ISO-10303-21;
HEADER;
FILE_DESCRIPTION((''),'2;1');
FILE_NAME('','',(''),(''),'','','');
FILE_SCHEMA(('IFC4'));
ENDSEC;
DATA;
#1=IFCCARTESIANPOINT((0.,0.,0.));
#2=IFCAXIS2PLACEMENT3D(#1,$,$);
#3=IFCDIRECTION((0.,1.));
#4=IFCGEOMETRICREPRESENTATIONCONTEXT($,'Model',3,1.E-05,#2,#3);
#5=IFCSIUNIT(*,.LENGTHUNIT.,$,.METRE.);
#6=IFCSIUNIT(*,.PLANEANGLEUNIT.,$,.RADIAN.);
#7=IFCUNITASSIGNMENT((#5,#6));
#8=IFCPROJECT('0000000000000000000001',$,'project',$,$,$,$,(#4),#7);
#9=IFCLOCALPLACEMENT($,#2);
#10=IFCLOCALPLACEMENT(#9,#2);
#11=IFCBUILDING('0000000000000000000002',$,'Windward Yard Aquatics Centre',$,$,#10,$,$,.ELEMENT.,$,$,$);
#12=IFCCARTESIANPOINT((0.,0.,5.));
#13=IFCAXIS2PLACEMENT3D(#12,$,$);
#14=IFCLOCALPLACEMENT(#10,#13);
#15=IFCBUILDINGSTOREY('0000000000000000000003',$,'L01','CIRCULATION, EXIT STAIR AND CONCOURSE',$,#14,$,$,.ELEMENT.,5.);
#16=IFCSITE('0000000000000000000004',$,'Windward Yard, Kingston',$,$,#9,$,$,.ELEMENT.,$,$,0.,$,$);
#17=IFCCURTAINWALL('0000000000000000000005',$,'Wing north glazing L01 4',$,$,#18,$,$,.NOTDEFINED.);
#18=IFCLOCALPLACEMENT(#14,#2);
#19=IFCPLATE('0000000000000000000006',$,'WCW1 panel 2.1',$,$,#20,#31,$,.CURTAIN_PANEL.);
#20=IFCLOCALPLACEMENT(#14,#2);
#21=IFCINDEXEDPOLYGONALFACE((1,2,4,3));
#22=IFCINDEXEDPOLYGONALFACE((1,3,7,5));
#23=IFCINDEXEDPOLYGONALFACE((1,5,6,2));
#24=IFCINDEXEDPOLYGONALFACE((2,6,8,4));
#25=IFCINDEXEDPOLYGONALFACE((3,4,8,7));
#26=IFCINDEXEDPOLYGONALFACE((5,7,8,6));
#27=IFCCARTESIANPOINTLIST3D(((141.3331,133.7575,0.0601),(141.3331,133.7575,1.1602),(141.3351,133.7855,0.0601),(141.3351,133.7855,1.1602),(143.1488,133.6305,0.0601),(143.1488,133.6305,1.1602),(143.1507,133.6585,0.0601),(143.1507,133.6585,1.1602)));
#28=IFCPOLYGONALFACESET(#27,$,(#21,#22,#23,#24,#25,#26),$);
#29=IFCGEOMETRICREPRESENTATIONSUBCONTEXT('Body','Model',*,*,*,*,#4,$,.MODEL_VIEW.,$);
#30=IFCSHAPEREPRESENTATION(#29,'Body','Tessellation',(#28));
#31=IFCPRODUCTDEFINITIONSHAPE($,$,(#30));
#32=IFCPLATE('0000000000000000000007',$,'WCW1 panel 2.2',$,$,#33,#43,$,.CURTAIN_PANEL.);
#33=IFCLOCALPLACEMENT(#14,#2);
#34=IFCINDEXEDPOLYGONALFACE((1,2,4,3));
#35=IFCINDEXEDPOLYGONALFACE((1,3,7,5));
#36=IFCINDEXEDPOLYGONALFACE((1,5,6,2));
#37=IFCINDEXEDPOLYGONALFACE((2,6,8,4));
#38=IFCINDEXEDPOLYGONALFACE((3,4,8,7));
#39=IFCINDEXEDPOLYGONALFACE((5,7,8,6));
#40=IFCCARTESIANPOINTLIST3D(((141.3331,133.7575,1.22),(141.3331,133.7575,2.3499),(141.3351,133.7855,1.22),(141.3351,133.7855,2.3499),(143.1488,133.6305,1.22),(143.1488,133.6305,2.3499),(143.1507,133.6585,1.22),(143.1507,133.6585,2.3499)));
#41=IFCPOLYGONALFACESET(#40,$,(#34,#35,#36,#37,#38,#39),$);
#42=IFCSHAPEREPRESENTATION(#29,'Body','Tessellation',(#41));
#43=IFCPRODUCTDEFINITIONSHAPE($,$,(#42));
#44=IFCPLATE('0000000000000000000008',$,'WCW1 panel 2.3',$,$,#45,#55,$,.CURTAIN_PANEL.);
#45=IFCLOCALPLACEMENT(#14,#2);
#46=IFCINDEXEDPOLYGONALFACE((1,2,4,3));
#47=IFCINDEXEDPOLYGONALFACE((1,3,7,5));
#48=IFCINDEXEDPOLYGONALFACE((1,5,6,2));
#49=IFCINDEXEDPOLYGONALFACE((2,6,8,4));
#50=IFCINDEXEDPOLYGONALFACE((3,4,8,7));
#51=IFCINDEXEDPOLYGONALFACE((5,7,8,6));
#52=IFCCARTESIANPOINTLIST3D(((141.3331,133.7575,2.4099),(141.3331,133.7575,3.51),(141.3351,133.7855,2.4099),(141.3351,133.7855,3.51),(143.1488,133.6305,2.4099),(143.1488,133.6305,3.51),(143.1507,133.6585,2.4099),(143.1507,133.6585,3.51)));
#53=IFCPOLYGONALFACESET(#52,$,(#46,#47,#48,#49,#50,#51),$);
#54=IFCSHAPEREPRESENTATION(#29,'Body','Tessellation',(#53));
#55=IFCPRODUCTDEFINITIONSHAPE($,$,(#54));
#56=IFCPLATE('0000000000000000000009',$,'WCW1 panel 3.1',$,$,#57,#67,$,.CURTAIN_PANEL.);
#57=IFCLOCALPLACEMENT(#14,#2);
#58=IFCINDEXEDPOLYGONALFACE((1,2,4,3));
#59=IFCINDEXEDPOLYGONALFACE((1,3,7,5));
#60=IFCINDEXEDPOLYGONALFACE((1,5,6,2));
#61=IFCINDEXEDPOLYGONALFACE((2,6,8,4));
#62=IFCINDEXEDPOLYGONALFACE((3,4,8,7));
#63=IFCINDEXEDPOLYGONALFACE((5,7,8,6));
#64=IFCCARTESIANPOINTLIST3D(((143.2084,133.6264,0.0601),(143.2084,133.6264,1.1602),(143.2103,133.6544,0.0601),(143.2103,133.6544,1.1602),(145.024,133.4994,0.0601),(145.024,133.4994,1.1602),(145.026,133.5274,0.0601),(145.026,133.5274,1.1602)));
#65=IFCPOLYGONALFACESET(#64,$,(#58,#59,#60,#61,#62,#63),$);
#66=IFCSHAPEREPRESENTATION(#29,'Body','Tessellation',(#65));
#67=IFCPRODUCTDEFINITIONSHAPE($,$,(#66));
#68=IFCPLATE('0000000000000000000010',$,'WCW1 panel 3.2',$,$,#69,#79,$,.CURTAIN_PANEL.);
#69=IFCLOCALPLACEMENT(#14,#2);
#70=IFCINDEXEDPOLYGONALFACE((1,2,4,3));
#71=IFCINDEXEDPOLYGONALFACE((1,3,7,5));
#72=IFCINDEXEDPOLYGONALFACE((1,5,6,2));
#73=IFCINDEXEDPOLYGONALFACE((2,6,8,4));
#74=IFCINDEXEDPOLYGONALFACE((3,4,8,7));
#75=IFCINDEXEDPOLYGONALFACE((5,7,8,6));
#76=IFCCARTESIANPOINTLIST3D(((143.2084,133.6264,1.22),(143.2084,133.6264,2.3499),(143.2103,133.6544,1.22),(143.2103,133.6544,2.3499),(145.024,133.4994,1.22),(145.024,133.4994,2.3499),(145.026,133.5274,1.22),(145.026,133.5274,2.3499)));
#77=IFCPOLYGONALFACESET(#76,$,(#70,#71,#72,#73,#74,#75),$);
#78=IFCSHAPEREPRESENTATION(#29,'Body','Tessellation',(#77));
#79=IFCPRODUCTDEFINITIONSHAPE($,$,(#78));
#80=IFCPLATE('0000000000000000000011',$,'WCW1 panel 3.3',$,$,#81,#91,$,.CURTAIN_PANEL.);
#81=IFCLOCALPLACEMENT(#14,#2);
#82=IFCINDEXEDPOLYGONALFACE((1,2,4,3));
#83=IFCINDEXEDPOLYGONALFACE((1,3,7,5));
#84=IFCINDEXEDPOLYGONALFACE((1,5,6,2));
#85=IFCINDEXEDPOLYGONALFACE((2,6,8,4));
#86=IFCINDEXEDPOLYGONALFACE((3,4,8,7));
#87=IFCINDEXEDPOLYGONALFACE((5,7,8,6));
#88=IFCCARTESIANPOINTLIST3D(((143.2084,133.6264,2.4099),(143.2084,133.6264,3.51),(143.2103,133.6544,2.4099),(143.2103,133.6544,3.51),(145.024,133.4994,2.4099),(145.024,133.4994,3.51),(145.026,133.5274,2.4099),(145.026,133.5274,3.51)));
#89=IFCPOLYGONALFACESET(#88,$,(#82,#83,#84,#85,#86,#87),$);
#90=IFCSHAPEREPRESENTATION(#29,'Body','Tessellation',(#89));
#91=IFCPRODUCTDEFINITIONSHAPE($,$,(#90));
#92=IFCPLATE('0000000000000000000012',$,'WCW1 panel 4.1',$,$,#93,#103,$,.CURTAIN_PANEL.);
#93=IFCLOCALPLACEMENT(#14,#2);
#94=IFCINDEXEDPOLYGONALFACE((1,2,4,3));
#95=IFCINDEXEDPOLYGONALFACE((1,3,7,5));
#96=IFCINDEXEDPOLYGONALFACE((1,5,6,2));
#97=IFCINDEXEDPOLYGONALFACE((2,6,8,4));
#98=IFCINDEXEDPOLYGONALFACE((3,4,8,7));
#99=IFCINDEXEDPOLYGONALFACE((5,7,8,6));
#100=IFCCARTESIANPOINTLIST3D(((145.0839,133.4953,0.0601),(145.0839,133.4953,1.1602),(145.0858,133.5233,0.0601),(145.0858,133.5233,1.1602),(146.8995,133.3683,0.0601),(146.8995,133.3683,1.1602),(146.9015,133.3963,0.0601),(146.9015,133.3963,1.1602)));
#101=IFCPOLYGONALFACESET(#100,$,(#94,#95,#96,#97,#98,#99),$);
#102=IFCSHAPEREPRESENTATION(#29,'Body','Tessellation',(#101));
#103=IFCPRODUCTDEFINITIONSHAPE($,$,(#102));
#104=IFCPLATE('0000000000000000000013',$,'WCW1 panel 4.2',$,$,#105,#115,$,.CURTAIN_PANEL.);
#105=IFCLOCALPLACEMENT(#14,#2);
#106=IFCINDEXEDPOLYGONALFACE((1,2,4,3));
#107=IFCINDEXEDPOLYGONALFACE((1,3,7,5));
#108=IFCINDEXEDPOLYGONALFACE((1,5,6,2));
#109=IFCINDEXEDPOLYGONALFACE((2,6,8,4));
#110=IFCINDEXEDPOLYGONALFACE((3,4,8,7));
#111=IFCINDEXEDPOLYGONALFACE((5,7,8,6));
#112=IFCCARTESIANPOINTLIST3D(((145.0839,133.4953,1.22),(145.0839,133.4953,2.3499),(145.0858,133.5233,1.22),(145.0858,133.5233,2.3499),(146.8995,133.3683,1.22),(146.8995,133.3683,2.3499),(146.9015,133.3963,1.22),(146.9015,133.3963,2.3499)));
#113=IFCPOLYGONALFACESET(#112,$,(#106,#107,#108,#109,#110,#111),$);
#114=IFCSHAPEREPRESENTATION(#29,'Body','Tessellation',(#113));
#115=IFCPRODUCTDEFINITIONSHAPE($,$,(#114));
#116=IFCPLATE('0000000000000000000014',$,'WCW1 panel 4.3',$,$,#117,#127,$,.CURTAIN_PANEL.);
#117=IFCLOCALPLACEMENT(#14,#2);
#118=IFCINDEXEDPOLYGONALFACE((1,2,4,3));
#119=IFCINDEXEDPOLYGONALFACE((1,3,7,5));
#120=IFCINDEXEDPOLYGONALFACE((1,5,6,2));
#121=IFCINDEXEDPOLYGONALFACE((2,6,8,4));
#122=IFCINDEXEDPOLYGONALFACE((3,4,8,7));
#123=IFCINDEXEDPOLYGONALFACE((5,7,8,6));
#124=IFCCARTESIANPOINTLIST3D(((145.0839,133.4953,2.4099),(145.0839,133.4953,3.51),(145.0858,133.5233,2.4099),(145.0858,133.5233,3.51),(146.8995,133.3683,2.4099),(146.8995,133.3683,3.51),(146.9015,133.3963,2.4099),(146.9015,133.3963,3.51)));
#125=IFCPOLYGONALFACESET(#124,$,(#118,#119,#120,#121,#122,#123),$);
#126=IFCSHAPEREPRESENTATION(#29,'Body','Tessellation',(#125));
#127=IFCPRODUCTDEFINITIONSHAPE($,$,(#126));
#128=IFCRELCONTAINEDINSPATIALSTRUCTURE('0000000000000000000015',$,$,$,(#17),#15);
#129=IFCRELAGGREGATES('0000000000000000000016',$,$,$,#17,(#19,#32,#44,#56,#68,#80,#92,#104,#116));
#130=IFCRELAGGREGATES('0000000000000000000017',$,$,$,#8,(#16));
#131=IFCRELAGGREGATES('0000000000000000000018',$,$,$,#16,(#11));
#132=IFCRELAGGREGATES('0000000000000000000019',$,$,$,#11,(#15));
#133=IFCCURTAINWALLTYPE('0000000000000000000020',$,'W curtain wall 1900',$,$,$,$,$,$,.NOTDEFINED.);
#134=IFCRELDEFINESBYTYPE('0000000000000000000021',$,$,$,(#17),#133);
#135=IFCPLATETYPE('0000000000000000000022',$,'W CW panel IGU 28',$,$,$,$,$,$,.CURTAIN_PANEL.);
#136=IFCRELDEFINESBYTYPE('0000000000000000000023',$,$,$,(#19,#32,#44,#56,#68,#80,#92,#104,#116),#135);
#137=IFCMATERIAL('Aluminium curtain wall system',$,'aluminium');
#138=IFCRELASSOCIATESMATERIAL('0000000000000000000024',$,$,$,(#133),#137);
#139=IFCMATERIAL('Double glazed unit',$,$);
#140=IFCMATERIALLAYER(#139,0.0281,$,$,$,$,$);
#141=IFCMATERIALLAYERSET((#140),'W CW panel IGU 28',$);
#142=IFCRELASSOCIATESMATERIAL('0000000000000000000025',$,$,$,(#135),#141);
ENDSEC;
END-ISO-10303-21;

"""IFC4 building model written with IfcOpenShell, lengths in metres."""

from ifc_helpers import new_model, si_unit, direction, frame, origin, origin_2d, place, context, subcontext, project, spatial, rectangle, extrude, material, layer, layer_set, type_object, element, aggregate, save


model = new_model("IFC4")

# Units and contexts
model_context = context("Model", 3, precision=1e-05, world=origin(), true_north=direction((0.0, 1.0)))
body_context = subcontext(model_context, "Body", "Model", "MODEL_VIEW")
ifc_project = project(units=[si_unit("LENGTHUNIT", "METRE"), si_unit("PLANEANGLEUNIT", "RADIAN")], contexts=[model_context])

# Site, building, storey
site_placement = place(None, origin())
site = spatial("IfcSite", under=ifc_project, at=site_placement, Name="Windward Yard, Kingston", CompositionType="ELEMENT", RefElevation=0.0)
building_placement = place(site_placement, origin())
building = spatial("IfcBuilding", under=site, at=building_placement, Name="Windward Yard Aquatics Centre", CompositionType="ELEMENT")
storey_placement = place(building_placement, frame((0.0, 0.0, 5.0)))
storey = spatial("IfcBuildingStorey", under=building, at=storey_placement, Name="L01", Description="CIRCULATION, EXIT STAIR AND CONCOURSE", CompositionType="ELEMENT", Elevation=5.0)

# Curtain wall, plates
ifc_material_1 = material(Name="Aluminium curtain wall system", Category="aluminium")
curtain_wall_type = type_object("IfcCurtainWallType", Name="W curtain wall 1900", PredefinedType="NOTDEFINED", material=ifc_material_1)
curtain_wall_placement = place(storey_placement, origin())
curtain_wall = element("IfcCurtainWall", 1, at=curtain_wall_placement, inside=storey, type_object=curtain_wall_type, Name="Wing north glazing L01 4", PredefinedType="NOTDEFINED")
ifc_material_2 = material(Name="Double glazed unit")
ifc_layer = layer(ifc_material_2, 0.0281)
ifc_layer_set = layer_set([ifc_layer], Name="W CW panel IGU 28")
plate_type = type_object("IfcPlateType", Name="W CW panel IGU 28", PredefinedType="CURTAIN_PANEL", material=ifc_layer_set)
plate_1_placement = place(storey_placement, frame((142.2419, 133.708, 0.0601), z_axis=(0.0, 0.0, 1.0), x_axis=(0.997564, -0.069755, 0.0)))
plate_1 = element("IfcPlate", 2, at=plate_1_placement, type_object=plate_type, Name="WCW1 panel 2.1", PredefinedType="CURTAIN_PANEL", context=body_context, shape_type="SweptSolid", body=[
    extrude(rectangle(XDim=1.8201, YDim=0.0281, at=origin_2d()), origin(), (0.0, 0.0, 1.0), 1.1001),
])
plate_2_placement = place(storey_placement, frame((142.2419, 133.708, 1.22), z_axis=(0.0, 0.0, 1.0), x_axis=(0.997564, -0.069755, 0.0)))
plate_2 = element("IfcPlate", 3, at=plate_2_placement, type_object=plate_type, Name="WCW1 panel 2.2", PredefinedType="CURTAIN_PANEL", context=body_context, shape_type="SweptSolid", body=[
    extrude(rectangle(XDim=1.8201, YDim=0.0281, at=origin_2d()), origin(), (0.0, 0.0, 1.0), 1.1299),
])
plate_3_placement = place(storey_placement, frame((142.2419, 133.708, 2.4099), z_axis=(0.0, 0.0, 1.0), x_axis=(0.997564, -0.069755, 0.0)))
plate_3 = element("IfcPlate", 4, at=plate_3_placement, type_object=plate_type, Name="WCW1 panel 2.3", PredefinedType="CURTAIN_PANEL", context=body_context, shape_type="SweptSolid", body=[
    extrude(rectangle(XDim=1.8201, YDim=0.0281, at=origin_2d()), origin(), (0.0, 0.0, 1.0), 1.1001),
])
plate_4_placement = place(storey_placement, frame((144.1172, 133.5769, 0.0601), z_axis=(0.0, 0.0, 1.0), x_axis=(0.997564, -0.069755, 0.0)))
plate_4 = element("IfcPlate", 5, at=plate_4_placement, type_object=plate_type, Name="WCW1 panel 3.1", PredefinedType="CURTAIN_PANEL", context=body_context, shape_type="SweptSolid", body=[
    extrude(rectangle(XDim=1.8201, YDim=0.0281, at=origin_2d()), origin(), (0.0, 0.0, 1.0), 1.1001),
])
plate_5_placement = place(storey_placement, frame((144.1172, 133.5769, 1.22), z_axis=(0.0, 0.0, 1.0), x_axis=(0.997564, -0.069755, 0.0)))
plate_5 = element("IfcPlate", 6, at=plate_5_placement, type_object=plate_type, Name="WCW1 panel 3.2", PredefinedType="CURTAIN_PANEL", context=body_context, shape_type="SweptSolid", body=[
    extrude(rectangle(XDim=1.8201, YDim=0.0281, at=origin_2d()), origin(), (0.0, 0.0, 1.0), 1.1299),
])
plate_6_placement = place(storey_placement, frame((144.1172, 133.5769, 2.4099), z_axis=(0.0, 0.0, 1.0), x_axis=(0.997564, -0.069755, 0.0)))
plate_6 = element("IfcPlate", 7, at=plate_6_placement, type_object=plate_type, Name="WCW1 panel 3.3", PredefinedType="CURTAIN_PANEL", context=body_context, shape_type="SweptSolid", body=[
    extrude(rectangle(XDim=1.8201, YDim=0.0281, at=origin_2d()), origin(), (0.0, 0.0, 1.0), 1.1001),
])
plate_7_placement = place(storey_placement, frame((145.9927, 133.4458, 0.0601), z_axis=(0.0, 0.0, 1.0), x_axis=(0.997564, -0.069755, 0.0)))
plate_7 = element("IfcPlate", 8, at=plate_7_placement, type_object=plate_type, Name="WCW1 panel 4.1", PredefinedType="CURTAIN_PANEL", context=body_context, shape_type="SweptSolid", body=[
    extrude(rectangle(XDim=1.8201, YDim=0.0281, at=origin_2d()), origin(), (0.0, 0.0, 1.0), 1.1001),
])
plate_8_placement = place(storey_placement, frame((145.9927, 133.4458, 1.22), z_axis=(0.0, 0.0, 1.0), x_axis=(0.997564, -0.069755, 0.0)))
plate_8 = element("IfcPlate", 9, at=plate_8_placement, type_object=plate_type, Name="WCW1 panel 4.2", PredefinedType="CURTAIN_PANEL", context=body_context, shape_type="SweptSolid", body=[
    extrude(rectangle(XDim=1.8201, YDim=0.0281, at=origin_2d()), origin(), (0.0, 0.0, 1.0), 1.1299),
])
plate_9_placement = place(storey_placement, frame((145.9927, 133.4458, 2.4099), z_axis=(0.0, 0.0, 1.0), x_axis=(0.997564, -0.069755, 0.0)))
plate_9 = element("IfcPlate", 10, at=plate_9_placement, type_object=plate_type, Name="WCW1 panel 4.3", PredefinedType="CURTAIN_PANEL", context=body_context, shape_type="SweptSolid", body=[
    extrude(rectangle(XDim=1.8201, YDim=0.0281, at=origin_2d()), origin(), (0.0, 0.0, 1.0), 1.1001),
])
aggregate(curtain_wall, [plate_1, plate_2, plate_3, plate_4, plate_5, plate_6, plate_7, plate_8, plate_9])

save(model, "model.ifc")
